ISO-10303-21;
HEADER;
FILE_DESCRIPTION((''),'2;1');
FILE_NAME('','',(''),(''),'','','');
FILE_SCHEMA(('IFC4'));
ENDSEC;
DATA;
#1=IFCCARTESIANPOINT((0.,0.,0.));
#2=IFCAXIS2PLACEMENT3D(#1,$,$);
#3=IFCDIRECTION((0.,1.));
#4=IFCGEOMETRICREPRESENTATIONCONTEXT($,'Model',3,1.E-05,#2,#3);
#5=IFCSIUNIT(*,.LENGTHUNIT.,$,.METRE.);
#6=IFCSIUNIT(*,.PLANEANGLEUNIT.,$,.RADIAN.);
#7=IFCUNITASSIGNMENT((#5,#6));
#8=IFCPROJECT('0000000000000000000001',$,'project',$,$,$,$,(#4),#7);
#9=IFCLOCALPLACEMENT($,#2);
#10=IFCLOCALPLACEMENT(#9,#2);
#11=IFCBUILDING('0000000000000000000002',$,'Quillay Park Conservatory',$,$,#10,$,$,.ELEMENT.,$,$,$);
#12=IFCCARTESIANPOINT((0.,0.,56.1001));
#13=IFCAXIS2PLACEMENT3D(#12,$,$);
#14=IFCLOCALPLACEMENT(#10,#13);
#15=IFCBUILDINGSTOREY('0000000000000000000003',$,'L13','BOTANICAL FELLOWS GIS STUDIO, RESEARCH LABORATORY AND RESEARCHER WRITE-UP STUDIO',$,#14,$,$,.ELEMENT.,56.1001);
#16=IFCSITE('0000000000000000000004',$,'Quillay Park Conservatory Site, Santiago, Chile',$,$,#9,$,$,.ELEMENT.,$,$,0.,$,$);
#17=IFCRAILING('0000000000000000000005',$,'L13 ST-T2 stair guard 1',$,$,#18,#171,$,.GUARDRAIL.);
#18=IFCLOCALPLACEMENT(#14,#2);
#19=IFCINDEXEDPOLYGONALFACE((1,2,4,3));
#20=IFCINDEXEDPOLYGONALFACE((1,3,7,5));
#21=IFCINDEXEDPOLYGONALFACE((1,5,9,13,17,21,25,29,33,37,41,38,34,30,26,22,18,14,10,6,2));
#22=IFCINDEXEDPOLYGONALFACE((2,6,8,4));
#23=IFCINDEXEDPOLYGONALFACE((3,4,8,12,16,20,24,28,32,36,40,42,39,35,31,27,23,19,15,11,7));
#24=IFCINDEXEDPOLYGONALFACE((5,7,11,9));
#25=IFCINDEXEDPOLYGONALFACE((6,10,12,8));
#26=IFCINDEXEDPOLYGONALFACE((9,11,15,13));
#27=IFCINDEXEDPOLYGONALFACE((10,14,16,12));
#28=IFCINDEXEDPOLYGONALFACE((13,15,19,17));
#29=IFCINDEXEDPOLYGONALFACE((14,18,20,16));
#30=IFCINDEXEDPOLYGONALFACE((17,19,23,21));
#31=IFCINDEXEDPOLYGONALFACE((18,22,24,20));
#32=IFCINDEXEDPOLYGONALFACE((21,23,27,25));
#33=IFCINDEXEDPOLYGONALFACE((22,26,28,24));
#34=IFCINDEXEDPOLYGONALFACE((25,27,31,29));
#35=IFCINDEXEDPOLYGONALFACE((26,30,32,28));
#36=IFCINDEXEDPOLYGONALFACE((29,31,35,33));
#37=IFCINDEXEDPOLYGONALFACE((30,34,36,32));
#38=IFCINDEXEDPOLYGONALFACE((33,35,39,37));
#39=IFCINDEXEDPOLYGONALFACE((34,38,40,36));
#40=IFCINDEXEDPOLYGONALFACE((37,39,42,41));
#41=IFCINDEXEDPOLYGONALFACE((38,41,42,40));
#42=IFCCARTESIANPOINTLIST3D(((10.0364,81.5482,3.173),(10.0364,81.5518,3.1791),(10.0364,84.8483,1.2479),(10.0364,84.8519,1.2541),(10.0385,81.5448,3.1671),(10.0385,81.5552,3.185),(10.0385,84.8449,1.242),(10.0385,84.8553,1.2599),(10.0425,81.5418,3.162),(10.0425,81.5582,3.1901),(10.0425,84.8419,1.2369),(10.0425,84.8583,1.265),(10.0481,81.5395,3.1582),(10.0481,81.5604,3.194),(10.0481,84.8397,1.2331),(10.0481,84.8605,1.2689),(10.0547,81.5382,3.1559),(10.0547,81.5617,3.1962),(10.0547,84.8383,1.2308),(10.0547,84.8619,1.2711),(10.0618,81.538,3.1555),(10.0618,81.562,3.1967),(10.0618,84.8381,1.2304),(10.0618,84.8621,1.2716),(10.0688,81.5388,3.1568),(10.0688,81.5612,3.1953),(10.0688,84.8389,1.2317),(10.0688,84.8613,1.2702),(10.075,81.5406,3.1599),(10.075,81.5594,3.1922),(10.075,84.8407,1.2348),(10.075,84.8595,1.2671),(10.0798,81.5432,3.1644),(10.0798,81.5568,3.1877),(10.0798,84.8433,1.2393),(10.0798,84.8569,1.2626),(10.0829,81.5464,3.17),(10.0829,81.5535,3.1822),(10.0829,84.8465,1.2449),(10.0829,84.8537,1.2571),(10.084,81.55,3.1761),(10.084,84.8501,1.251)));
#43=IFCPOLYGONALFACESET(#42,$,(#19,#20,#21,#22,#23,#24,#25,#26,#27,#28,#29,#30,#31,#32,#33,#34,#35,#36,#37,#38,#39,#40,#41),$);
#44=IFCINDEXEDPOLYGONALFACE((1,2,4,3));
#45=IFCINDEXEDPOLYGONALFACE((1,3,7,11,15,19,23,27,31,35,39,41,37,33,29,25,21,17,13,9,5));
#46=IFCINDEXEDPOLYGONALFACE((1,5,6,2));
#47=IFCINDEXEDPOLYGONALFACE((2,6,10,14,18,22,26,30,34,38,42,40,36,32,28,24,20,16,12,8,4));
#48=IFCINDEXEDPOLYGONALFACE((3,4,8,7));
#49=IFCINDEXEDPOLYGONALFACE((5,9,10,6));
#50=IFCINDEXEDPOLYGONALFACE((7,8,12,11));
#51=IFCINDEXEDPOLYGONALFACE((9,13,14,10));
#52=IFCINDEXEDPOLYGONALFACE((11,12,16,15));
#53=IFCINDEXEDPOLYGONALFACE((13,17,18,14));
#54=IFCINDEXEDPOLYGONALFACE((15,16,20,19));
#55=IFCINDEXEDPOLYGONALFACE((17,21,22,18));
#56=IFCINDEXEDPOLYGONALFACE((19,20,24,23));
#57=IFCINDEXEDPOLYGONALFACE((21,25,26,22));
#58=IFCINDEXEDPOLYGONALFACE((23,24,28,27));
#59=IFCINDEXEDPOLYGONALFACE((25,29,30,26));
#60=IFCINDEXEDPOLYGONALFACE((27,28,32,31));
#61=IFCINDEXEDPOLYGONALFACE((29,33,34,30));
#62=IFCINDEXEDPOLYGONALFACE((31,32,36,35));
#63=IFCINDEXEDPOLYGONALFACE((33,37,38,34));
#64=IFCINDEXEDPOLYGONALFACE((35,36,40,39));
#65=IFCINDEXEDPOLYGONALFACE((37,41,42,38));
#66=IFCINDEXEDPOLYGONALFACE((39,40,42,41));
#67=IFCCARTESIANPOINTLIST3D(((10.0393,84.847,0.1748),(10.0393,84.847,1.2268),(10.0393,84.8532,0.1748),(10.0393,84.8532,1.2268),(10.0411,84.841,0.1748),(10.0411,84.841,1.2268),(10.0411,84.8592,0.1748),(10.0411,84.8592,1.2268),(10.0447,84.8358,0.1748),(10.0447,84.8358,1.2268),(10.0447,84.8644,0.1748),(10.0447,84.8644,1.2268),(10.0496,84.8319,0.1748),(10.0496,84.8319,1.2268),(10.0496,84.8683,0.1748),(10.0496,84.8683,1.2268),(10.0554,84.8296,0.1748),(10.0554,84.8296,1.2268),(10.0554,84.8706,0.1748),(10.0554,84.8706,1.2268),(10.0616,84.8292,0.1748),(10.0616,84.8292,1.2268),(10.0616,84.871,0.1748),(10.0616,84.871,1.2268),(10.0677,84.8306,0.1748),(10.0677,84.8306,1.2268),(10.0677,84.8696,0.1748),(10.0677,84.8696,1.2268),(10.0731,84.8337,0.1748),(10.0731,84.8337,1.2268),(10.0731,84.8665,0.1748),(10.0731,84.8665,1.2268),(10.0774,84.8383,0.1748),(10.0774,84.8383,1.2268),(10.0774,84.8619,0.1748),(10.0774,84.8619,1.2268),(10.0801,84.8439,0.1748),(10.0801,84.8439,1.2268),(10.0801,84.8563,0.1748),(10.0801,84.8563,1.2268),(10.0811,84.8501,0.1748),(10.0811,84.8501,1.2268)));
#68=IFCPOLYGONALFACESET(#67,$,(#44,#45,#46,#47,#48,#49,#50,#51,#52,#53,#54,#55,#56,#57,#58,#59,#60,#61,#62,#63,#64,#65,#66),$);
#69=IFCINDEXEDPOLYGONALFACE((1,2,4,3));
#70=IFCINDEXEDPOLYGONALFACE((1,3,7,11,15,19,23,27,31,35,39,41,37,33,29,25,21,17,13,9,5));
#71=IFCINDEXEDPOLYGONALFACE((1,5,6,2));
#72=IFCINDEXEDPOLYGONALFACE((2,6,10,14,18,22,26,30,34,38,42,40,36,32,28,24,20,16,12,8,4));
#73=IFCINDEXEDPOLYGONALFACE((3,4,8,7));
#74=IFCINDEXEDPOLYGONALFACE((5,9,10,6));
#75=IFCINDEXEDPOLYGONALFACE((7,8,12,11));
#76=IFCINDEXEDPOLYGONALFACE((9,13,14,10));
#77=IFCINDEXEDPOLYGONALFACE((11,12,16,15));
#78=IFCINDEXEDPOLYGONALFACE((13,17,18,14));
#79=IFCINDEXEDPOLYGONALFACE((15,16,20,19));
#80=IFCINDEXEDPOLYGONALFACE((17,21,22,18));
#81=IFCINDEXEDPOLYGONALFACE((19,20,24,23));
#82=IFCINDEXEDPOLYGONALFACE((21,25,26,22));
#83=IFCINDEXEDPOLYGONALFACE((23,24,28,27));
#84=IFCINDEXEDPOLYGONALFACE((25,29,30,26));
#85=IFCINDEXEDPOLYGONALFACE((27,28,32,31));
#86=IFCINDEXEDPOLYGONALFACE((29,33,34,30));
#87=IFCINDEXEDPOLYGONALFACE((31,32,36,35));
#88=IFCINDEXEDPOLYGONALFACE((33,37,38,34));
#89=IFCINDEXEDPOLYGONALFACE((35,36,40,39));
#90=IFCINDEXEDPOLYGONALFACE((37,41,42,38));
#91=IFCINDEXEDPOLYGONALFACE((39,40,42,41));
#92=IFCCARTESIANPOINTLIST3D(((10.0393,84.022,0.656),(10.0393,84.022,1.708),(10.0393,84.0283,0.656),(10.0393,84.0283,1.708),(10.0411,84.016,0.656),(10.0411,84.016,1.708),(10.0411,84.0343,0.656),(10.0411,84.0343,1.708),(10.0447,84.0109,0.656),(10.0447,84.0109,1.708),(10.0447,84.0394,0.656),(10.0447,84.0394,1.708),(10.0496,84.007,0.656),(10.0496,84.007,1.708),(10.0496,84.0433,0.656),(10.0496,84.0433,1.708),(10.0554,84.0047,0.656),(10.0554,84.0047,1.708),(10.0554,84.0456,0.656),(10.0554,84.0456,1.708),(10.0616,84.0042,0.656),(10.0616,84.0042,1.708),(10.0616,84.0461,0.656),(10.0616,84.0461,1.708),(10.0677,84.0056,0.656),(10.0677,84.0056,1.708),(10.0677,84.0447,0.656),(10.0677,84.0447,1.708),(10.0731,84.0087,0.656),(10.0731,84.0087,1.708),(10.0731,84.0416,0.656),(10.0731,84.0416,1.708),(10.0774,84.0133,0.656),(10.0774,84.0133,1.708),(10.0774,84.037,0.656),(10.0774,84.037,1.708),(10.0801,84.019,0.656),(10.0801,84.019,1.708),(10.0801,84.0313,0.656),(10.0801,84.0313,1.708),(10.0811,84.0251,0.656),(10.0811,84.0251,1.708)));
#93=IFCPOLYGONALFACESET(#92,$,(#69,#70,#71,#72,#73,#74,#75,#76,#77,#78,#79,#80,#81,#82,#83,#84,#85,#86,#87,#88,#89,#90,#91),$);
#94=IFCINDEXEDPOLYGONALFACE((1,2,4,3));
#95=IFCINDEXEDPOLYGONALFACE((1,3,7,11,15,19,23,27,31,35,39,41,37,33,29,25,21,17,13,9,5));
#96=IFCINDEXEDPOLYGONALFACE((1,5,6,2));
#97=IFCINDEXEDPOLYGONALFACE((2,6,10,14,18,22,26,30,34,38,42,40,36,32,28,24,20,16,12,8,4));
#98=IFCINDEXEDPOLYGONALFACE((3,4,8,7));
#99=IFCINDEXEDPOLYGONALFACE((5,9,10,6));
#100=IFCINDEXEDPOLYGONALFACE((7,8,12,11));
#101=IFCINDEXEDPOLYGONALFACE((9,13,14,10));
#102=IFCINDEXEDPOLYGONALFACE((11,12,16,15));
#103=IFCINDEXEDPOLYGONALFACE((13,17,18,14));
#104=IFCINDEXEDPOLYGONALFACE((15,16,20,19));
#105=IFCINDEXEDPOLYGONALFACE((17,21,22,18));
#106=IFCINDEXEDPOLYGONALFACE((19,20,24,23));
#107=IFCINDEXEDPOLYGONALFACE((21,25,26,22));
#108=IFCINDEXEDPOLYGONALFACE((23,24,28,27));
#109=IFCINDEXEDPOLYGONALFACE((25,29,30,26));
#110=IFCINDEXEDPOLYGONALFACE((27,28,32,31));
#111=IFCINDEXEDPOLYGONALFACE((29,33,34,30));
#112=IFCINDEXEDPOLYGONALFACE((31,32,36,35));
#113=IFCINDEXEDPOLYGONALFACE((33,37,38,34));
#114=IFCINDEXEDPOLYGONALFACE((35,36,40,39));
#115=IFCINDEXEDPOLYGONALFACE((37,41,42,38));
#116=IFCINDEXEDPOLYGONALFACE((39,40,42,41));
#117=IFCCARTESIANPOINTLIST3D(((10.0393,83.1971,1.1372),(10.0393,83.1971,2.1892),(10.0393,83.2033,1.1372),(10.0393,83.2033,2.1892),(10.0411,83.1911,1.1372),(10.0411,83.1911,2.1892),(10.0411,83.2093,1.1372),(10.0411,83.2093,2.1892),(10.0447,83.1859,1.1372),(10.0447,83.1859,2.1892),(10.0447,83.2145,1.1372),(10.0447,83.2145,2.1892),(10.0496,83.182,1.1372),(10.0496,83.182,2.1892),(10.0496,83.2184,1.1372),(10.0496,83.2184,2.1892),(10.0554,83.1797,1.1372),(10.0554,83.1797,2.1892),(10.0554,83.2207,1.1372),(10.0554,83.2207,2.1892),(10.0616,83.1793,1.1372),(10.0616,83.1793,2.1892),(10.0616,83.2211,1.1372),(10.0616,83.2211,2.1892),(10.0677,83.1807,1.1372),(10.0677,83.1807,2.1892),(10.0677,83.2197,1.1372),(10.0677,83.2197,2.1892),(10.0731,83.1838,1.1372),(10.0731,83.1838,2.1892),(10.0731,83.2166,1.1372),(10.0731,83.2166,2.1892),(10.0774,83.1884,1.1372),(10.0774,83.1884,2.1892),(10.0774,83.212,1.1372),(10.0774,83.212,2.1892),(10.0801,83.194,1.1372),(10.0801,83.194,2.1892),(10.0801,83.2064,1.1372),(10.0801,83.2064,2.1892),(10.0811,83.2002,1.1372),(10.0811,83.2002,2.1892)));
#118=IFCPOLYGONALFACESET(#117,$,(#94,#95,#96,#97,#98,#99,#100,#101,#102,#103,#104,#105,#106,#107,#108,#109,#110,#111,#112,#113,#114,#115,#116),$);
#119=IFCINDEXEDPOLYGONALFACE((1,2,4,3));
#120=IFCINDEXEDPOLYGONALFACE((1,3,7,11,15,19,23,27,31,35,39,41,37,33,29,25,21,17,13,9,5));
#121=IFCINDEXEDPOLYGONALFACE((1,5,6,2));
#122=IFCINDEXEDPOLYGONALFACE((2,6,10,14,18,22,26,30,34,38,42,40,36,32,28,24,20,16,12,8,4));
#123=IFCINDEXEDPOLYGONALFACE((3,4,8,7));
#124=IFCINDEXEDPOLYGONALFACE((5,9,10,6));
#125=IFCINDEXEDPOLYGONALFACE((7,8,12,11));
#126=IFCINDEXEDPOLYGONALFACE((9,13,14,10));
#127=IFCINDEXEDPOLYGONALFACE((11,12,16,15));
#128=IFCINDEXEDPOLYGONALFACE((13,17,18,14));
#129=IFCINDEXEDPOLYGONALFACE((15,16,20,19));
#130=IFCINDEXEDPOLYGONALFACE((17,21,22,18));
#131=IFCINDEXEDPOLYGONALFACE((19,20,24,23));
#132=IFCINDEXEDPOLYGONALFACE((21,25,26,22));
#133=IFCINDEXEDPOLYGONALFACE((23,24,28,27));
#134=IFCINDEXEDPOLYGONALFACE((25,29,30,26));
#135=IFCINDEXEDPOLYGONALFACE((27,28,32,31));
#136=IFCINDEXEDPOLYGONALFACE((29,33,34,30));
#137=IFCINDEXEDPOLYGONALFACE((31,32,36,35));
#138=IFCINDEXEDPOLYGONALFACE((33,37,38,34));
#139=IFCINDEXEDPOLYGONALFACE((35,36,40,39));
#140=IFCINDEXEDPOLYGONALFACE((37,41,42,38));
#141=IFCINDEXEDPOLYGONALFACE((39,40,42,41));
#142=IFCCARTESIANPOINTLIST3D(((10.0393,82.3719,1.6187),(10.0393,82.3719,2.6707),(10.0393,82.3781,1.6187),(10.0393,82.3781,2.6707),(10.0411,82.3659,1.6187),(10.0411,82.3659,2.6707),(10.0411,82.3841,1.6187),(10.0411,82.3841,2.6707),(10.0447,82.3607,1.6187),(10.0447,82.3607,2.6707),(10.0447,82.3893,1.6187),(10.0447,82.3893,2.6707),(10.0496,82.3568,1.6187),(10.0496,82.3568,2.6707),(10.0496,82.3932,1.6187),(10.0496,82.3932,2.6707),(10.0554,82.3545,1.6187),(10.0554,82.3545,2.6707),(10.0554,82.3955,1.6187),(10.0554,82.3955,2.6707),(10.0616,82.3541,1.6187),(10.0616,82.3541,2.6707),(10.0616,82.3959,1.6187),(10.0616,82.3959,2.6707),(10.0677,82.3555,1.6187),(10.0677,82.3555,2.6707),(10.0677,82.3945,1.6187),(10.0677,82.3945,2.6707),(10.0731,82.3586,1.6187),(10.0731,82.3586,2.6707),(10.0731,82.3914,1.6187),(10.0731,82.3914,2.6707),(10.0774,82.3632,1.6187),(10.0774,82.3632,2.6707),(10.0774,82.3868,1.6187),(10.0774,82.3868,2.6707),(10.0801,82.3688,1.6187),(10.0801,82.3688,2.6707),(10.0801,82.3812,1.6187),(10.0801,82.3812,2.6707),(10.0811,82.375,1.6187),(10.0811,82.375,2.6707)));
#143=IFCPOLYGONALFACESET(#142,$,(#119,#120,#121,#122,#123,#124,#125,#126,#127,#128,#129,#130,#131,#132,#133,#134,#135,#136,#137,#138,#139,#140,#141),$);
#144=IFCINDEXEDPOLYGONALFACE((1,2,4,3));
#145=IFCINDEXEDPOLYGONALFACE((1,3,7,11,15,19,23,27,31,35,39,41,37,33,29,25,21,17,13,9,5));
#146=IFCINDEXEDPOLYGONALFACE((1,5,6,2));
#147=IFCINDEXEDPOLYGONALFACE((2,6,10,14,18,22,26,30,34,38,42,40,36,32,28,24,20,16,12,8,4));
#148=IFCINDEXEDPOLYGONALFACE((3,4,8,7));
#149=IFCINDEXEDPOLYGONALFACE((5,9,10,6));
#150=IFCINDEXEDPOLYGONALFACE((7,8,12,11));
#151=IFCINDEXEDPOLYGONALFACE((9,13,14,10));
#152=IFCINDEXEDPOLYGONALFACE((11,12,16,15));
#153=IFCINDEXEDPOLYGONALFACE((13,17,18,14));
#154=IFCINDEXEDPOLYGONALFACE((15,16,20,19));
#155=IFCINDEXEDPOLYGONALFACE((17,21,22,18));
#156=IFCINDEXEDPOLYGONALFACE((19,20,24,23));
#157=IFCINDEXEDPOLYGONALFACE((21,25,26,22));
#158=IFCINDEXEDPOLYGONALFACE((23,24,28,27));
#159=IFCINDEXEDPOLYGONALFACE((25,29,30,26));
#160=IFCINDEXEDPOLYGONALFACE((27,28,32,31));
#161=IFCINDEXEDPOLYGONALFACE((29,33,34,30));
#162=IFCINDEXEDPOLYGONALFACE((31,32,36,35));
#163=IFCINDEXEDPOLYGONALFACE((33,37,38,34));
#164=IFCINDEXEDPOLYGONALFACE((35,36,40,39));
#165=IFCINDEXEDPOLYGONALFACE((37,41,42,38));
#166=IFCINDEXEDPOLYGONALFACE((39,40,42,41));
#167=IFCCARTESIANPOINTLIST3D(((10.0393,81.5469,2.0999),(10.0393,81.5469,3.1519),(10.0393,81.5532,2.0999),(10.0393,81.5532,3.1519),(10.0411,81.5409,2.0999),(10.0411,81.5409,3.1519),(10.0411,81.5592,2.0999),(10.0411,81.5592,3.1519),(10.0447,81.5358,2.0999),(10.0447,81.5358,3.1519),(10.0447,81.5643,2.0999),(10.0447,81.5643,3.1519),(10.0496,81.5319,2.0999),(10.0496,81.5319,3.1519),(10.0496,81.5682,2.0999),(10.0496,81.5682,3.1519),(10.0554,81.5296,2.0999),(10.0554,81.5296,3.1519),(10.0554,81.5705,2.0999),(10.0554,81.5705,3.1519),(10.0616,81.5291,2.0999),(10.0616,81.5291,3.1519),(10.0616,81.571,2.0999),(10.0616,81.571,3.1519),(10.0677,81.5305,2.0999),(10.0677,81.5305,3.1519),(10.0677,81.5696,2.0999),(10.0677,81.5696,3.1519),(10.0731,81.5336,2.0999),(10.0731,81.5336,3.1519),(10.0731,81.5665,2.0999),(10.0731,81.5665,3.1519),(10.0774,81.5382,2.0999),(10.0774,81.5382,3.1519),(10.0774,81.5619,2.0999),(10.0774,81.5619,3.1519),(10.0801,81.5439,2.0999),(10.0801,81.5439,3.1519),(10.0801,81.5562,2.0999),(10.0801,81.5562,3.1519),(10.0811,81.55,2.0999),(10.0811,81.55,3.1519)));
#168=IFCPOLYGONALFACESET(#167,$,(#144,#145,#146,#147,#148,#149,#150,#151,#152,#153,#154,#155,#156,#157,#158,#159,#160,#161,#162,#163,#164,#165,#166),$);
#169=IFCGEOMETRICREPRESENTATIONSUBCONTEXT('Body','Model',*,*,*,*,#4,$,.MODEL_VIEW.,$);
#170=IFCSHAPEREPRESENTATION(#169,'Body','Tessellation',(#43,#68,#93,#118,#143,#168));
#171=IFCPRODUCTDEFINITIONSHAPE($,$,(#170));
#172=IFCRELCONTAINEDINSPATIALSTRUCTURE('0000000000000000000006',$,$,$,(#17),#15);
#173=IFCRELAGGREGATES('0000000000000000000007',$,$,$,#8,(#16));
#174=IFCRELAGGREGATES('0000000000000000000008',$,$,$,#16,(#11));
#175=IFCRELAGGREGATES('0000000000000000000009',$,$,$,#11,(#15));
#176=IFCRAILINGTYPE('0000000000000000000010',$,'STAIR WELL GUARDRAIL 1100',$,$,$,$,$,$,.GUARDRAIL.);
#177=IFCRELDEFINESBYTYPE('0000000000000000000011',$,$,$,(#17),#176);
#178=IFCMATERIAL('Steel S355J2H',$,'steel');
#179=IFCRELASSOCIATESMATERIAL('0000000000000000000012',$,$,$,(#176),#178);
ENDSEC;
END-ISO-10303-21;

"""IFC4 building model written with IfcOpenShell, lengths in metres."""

from ifc_helpers import new_model, si_unit, direction, frame, origin, origin_2d, place, context, subcontext, project, spatial, circle, extrude, material, type_object, element, save


model = new_model("IFC4")

# Units and contexts
model_context = context("Model", 3, precision=1e-05, world=origin(), true_north=direction((0.0, 1.0)))
body_context = subcontext(model_context, "Body", "Model", "MODEL_VIEW")
ifc_project = project(units=[si_unit("LENGTHUNIT", "METRE"), si_unit("PLANEANGLEUNIT", "RADIAN")], contexts=[model_context])

# Site, building, storey
site_placement = place(None, origin())
site = spatial("IfcSite", under=ifc_project, at=site_placement, Name="Quillay Park Conservatory Site, Santiago, Chile", CompositionType="ELEMENT", RefElevation=0.0)
building_placement = place(site_placement, origin())
building = spatial("IfcBuilding", under=site, at=building_placement, Name="Quillay Park Conservatory", CompositionType="ELEMENT")
storey_placement = place(building_placement, frame((0.0, 0.0, 56.1001)))
storey = spatial("IfcBuildingStorey", under=building, at=storey_placement, Name="L13", Description="BOTANICAL FELLOWS GIS STUDIO, RESEARCH LABORATORY AND RESEARCHER WRITE-UP STUDIO", CompositionType="ELEMENT", Elevation=56.1001)

# Railing
ifc_material_1 = material(Name="Steel S355J2H", Category="steel")
railing_type_1 = type_object("IfcRailingType", Name="STAIR WELL GUARDRAIL 1100", PredefinedType="GUARDRAIL", material=ifc_material_1)
railing_1_placement = place(storey_placement, frame((10.0601, 84.8501, 0.1748)))
element("IfcRailing", 1, at=railing_1_placement, inside=storey, type_object=railing_type_1, Name="L13 ST-T2 stair guard 1", PredefinedType="GUARDRAIL", context=body_context, shape_type="SweptSolid", body=[
    extrude(circle(Radius=0.0239, at=origin_2d()), frame((0.0, 0.0, 1.0762), z_axis=(0.0, -0.863777, 0.503875), x_axis=(1.0, 0.0, 0.0)), (0.0, 0.0, 1.0), 3.8206),
    extrude(circle(Radius=0.021, at=origin_2d()), origin(), (0.0, 0.0, 1.0), 1.052),
    extrude(circle(Radius=0.021, at=origin_2d()), frame((0.0, -0.825, 0.4812)), (0.0, 0.0, 1.0), 1.052),
    extrude(circle(Radius=0.021, at=origin_2d()), frame((0.0, -1.6499, 0.9624)), (0.0, 0.0, 1.0), 1.052),
    extrude(circle(Radius=0.021, at=origin_2d()), frame((0.0, -2.4751, 1.4438)), (0.0, 0.0, 1.0), 1.052),
    extrude(circle(Radius=0.021, at=origin_2d()), frame((0.0, -3.3, 1.925)), (0.0, 0.0, 1.0), 1.052),
])

save(model, "model.ifc")
